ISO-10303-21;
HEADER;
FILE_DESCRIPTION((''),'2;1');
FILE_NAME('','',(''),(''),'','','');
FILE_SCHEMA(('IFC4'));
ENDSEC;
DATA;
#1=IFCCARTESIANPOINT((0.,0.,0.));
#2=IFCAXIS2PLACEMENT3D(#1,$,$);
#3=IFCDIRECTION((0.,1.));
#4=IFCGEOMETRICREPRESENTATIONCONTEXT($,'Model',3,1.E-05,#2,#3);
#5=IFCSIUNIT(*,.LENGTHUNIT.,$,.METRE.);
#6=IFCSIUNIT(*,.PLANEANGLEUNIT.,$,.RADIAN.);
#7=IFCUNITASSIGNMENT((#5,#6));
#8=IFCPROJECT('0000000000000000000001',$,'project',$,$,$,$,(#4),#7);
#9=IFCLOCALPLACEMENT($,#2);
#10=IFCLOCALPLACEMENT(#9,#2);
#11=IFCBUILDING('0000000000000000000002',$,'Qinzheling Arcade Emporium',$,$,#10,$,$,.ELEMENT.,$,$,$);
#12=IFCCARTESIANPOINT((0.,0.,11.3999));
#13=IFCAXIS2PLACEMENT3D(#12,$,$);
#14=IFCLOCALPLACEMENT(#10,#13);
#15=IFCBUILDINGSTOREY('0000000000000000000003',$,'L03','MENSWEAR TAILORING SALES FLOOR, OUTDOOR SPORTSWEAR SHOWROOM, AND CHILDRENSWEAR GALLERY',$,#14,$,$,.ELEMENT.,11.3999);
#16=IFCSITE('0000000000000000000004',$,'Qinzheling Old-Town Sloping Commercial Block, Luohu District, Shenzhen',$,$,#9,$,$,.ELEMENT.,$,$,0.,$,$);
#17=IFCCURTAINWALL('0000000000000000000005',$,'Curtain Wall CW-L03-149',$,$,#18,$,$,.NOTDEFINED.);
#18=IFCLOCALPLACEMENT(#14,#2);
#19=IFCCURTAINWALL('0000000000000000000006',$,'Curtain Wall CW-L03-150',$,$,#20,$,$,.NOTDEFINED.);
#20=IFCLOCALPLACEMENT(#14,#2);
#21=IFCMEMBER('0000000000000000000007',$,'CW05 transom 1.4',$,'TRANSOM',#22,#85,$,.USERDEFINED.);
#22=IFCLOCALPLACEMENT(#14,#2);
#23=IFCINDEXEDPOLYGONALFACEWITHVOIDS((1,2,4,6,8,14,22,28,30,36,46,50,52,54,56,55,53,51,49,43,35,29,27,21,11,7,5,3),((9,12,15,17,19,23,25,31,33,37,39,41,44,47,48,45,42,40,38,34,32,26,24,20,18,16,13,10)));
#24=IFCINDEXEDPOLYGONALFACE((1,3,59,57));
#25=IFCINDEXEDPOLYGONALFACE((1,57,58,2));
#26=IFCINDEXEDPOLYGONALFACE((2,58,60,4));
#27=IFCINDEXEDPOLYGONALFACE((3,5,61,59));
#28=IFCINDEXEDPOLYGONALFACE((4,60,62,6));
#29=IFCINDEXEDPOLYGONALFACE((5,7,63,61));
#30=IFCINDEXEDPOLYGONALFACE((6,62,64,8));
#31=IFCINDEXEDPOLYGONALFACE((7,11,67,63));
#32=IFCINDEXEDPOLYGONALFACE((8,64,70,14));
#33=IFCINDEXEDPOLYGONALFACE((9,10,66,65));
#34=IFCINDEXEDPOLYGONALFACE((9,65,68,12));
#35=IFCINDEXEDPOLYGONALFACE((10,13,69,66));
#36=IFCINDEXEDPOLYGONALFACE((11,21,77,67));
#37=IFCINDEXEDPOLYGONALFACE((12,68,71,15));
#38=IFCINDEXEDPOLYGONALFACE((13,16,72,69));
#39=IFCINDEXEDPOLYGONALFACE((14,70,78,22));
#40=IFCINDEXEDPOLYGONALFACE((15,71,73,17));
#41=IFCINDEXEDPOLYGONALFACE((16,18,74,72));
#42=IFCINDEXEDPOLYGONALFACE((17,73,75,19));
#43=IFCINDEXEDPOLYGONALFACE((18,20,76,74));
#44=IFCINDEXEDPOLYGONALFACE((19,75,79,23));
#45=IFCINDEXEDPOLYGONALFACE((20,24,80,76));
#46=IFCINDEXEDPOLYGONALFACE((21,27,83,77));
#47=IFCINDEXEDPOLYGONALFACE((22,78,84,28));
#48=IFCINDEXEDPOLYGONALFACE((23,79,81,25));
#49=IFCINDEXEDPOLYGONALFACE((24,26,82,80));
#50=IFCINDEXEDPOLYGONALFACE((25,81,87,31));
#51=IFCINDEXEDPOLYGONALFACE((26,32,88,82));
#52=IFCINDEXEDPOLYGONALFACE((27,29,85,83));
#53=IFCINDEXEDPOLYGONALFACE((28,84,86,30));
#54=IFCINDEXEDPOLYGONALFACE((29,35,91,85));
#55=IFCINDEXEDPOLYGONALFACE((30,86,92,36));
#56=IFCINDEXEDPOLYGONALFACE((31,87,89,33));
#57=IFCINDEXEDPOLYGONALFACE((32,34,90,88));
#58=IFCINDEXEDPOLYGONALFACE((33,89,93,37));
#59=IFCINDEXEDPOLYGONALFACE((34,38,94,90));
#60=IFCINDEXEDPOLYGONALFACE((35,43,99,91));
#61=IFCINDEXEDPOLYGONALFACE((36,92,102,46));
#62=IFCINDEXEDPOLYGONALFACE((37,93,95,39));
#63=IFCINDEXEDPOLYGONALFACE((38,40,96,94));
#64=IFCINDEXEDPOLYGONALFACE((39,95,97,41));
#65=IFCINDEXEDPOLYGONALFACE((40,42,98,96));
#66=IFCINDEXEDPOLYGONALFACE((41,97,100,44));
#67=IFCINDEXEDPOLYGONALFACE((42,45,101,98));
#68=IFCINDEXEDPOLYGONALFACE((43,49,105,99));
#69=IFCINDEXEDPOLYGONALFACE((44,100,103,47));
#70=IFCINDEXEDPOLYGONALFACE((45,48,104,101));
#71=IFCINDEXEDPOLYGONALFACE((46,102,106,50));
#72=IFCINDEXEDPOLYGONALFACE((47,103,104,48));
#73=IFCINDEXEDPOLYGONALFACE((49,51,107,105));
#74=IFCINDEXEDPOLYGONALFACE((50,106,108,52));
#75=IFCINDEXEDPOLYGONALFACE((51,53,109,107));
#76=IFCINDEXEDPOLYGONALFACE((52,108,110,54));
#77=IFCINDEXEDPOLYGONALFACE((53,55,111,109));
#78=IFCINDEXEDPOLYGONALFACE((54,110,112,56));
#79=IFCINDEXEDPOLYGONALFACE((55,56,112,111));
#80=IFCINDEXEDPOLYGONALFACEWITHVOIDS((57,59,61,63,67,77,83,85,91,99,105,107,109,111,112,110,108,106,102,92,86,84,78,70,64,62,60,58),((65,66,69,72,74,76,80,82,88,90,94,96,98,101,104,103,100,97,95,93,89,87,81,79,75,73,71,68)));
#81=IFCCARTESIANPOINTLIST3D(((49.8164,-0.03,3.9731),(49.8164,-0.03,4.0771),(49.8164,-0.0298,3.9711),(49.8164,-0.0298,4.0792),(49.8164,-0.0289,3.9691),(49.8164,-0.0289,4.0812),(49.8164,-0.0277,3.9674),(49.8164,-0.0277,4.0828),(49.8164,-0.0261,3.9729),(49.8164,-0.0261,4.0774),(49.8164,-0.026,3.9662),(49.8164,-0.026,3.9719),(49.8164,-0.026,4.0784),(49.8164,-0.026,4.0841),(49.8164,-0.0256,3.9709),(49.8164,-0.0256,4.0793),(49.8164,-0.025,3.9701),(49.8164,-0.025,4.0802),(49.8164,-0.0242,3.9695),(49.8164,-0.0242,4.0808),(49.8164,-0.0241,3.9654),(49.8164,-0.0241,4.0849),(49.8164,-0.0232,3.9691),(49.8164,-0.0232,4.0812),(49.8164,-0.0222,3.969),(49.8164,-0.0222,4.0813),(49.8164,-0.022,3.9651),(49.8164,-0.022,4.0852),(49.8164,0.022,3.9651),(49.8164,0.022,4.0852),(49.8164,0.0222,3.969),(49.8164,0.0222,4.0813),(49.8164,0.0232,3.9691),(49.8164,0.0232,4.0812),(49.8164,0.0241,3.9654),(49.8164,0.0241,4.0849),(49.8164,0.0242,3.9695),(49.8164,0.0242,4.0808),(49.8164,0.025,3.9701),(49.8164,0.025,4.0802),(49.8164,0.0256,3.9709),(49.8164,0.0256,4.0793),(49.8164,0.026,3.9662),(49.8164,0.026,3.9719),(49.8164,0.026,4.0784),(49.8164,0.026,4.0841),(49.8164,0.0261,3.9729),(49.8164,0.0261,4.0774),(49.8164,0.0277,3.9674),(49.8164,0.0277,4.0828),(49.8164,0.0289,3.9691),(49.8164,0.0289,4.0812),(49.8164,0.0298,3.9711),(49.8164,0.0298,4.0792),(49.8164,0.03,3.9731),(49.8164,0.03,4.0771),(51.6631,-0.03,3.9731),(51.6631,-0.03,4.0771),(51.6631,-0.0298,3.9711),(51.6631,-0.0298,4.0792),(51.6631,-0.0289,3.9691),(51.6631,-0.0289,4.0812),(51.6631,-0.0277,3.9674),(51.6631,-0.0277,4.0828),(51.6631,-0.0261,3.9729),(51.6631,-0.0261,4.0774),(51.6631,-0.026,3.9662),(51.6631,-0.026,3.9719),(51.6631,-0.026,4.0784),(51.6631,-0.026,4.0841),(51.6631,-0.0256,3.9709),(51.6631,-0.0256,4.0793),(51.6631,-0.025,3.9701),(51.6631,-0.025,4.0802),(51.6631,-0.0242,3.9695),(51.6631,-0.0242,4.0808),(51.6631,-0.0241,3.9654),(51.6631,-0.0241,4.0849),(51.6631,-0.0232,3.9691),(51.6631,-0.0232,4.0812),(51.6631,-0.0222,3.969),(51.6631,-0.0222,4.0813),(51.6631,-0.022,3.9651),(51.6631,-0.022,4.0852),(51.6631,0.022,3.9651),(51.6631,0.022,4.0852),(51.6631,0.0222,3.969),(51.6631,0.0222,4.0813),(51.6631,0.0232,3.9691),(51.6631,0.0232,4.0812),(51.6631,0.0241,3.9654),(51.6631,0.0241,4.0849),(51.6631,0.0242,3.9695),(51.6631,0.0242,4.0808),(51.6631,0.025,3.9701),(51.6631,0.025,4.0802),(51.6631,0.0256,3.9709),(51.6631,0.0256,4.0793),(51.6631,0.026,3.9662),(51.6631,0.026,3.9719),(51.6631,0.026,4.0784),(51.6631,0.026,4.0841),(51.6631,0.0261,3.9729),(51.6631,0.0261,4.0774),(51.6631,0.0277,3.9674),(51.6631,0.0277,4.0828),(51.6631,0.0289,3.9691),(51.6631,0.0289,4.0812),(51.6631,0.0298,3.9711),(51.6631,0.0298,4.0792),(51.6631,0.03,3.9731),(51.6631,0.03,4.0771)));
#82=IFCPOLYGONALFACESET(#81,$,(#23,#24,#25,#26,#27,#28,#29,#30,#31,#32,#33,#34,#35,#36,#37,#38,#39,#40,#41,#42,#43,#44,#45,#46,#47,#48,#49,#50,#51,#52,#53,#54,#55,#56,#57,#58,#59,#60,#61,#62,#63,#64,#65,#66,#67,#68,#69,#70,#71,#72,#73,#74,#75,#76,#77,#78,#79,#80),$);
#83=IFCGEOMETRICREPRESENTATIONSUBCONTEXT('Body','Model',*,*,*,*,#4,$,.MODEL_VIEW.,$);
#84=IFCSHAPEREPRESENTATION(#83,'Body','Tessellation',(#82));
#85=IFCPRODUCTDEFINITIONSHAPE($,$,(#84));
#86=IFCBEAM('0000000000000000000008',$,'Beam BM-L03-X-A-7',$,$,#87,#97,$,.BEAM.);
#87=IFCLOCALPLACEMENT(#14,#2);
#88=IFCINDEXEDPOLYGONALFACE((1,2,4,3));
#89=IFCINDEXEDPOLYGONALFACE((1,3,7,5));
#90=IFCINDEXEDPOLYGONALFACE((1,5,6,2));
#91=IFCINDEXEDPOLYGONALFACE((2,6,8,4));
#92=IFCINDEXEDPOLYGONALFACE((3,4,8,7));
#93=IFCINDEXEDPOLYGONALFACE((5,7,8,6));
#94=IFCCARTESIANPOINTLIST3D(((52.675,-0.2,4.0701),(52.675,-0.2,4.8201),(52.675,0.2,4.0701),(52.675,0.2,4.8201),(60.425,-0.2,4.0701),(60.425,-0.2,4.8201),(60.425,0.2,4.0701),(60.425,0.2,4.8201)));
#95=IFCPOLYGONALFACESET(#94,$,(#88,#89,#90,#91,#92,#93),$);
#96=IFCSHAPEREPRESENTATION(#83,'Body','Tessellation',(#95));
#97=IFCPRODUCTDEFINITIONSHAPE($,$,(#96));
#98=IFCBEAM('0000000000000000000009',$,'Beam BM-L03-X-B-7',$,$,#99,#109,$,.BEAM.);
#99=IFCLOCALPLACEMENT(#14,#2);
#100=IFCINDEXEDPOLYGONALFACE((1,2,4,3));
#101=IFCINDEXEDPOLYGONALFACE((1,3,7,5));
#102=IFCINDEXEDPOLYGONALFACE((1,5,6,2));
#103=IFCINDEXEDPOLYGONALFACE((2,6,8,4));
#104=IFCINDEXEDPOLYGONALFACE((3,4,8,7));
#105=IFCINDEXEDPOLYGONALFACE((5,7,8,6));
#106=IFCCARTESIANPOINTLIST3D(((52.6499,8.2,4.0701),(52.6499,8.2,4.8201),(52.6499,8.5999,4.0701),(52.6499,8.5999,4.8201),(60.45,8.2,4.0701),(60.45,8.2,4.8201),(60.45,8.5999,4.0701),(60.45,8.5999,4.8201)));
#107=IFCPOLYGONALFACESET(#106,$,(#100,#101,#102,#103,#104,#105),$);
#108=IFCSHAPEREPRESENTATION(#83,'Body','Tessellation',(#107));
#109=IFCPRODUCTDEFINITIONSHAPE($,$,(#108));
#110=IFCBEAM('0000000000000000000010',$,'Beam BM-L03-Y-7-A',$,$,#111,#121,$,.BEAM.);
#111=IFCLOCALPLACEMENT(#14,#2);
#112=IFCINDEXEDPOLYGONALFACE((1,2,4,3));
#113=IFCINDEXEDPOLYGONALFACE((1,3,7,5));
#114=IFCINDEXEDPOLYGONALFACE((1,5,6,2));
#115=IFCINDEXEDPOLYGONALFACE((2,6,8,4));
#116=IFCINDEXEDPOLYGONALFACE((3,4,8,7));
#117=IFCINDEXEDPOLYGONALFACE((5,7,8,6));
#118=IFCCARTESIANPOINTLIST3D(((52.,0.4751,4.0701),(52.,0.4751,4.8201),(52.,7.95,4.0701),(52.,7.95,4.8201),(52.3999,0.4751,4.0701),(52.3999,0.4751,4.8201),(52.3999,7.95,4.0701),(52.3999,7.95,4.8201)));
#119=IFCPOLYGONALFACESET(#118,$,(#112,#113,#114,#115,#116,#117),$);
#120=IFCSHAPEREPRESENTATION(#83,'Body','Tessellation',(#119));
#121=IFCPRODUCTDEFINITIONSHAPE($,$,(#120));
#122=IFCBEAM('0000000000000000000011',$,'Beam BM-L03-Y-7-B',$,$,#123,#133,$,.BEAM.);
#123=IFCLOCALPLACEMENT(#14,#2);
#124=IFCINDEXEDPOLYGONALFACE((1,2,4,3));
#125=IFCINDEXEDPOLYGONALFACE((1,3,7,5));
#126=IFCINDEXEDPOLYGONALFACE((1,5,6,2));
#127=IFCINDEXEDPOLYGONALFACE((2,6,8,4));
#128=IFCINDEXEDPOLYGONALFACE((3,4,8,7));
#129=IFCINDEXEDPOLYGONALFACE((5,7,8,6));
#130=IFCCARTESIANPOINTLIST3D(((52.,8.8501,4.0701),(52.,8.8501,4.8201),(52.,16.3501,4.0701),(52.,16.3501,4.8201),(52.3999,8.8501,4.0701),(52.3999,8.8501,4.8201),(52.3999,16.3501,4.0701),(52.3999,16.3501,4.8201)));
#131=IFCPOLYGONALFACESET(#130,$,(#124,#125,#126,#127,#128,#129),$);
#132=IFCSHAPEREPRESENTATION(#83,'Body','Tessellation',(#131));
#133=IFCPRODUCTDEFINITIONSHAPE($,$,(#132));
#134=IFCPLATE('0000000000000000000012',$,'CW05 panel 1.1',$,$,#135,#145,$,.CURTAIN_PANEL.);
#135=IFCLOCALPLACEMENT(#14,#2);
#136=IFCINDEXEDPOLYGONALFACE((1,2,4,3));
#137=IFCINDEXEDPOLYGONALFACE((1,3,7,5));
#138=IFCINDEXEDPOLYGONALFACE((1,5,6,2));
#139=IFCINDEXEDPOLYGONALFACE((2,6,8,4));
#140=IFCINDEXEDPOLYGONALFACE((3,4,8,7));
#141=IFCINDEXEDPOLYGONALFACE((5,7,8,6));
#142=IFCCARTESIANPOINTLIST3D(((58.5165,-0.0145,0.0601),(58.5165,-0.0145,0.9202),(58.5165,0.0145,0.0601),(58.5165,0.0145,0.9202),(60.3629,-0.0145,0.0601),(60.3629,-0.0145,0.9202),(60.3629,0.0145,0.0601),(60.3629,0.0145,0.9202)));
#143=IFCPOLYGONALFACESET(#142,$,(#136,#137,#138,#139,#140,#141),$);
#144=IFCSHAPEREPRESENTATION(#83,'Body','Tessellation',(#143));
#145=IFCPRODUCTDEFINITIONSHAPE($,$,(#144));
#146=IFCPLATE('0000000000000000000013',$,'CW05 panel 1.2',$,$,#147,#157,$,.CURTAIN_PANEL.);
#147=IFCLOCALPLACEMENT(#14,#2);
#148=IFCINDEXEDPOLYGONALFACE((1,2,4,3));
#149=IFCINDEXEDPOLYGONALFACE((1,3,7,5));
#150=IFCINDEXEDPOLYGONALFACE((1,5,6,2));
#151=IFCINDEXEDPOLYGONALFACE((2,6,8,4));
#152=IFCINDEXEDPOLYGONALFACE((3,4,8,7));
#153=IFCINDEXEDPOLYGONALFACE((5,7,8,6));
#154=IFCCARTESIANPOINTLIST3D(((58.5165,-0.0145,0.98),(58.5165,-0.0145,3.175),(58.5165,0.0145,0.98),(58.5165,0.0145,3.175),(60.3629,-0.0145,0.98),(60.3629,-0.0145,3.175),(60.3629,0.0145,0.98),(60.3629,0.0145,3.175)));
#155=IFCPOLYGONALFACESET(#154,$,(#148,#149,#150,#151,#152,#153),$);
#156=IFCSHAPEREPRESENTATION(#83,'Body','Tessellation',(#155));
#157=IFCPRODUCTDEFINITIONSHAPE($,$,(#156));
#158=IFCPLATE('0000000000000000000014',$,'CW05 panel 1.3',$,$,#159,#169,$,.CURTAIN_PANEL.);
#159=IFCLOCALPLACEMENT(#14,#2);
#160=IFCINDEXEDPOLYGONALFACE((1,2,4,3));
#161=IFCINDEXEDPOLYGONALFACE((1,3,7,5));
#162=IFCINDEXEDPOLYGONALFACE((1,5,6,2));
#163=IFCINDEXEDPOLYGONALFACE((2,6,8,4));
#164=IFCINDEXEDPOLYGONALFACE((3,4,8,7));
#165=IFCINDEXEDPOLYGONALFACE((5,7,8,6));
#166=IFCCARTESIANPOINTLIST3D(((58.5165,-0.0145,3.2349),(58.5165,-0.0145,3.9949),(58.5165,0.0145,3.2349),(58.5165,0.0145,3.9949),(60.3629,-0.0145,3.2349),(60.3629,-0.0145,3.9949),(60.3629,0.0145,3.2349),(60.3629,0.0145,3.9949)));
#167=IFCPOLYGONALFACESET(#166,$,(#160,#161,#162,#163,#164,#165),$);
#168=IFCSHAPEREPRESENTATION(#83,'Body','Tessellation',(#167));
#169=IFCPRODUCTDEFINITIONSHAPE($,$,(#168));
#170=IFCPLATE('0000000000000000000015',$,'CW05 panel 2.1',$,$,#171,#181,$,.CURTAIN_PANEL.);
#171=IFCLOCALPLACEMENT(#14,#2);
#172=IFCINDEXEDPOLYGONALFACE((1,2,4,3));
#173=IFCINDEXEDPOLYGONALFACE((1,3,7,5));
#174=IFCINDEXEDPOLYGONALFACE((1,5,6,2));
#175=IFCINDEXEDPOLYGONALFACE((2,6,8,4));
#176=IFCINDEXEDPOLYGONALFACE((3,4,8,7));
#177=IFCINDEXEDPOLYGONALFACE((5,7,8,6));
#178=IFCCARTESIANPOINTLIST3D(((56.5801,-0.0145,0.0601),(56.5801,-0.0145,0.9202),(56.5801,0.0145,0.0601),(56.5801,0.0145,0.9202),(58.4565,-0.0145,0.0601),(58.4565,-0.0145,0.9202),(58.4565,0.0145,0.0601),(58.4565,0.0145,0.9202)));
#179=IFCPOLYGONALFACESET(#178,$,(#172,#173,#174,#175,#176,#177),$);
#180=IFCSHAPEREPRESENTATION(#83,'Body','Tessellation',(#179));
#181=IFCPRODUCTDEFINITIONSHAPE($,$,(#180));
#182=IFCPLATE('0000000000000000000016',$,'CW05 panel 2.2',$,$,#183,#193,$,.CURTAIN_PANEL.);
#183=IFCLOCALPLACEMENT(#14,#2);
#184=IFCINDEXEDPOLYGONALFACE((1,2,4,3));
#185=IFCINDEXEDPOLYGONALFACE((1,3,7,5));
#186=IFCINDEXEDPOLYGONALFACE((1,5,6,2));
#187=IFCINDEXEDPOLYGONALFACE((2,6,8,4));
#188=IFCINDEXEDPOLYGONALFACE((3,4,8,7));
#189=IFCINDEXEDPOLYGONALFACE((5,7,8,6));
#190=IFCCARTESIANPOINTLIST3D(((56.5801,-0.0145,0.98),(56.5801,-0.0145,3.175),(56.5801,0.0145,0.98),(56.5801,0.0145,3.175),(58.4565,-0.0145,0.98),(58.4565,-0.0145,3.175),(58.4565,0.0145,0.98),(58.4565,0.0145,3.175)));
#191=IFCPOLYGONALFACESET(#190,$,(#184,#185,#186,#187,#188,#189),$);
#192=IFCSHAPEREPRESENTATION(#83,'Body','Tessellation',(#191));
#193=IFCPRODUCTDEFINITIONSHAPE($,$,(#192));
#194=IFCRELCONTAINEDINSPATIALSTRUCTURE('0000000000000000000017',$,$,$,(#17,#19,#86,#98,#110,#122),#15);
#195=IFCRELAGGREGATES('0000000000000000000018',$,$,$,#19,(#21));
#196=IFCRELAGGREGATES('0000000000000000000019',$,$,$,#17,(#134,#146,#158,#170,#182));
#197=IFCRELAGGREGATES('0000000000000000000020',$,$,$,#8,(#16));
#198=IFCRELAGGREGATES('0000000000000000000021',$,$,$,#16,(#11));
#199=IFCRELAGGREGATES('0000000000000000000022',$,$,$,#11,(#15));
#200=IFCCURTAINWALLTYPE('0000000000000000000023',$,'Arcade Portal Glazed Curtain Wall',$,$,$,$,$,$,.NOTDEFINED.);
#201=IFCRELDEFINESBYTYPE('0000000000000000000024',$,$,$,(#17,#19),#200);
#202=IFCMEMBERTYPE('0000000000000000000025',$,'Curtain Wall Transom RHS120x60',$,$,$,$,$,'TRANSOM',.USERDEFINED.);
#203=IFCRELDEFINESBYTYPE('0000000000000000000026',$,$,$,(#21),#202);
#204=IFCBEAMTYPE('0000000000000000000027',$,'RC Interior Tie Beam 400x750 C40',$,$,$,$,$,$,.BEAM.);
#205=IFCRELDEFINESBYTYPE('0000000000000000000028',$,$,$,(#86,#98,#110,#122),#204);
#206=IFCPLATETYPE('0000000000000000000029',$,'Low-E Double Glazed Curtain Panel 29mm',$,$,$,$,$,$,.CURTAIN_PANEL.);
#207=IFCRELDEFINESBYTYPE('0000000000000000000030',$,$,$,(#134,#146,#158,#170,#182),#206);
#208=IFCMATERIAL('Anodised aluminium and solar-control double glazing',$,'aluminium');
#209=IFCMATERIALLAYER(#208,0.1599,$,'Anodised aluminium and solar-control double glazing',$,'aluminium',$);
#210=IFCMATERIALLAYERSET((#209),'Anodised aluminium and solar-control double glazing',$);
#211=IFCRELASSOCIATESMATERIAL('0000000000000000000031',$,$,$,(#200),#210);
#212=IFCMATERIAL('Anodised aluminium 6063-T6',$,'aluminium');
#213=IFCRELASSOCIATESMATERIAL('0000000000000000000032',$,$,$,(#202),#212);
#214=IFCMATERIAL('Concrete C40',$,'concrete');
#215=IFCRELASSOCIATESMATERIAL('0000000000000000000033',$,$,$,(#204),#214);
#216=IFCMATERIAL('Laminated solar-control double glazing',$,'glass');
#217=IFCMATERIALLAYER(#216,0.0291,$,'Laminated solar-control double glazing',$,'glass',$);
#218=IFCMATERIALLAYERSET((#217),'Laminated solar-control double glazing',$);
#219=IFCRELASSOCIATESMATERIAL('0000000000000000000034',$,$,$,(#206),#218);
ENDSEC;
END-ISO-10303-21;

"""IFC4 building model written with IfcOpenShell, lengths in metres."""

from ifc_helpers import new_model, si_unit, direction, frame, origin, origin_2d, place, context, subcontext, project, spatial, rectangle, hollow_rectangle, extrude, material, layer, layer_set, material_profile, profile_set, type_object, element, aggregate, save


model = new_model("IFC4")

# Units and contexts
model_context = context("Model", 3, precision=1e-05, world=origin(), true_north=direction((0.0, 1.0)))
body_context = subcontext(model_context, "Body", "Model", "MODEL_VIEW")
ifc_project = project(units=[si_unit("LENGTHUNIT", "METRE"), si_unit("PLANEANGLEUNIT", "RADIAN")], contexts=[model_context])

# Site, building, storey
site_placement = place(None, origin())
site = spatial("IfcSite", under=ifc_project, at=site_placement, Name="Qinzheling Old-Town Sloping Commercial Block, Luohu District, Shenzhen", CompositionType="ELEMENT", RefElevation=0.0)
building_placement = place(site_placement, origin())
building = spatial("IfcBuilding", under=site, at=building_placement, Name="Qinzheling Arcade Emporium", CompositionType="ELEMENT")
storey_placement = place(building_placement, frame((0.0, 0.0, 11.3999)))
storey = spatial("IfcBuildingStorey", under=building, at=storey_placement, Name="L03", Description="MENSWEAR TAILORING SALES FLOOR, OUTDOOR SPORTSWEAR SHOWROOM, AND CHILDRENSWEAR GALLERY", CompositionType="ELEMENT", Elevation=11.3999)

# Curtain wall
ifc_material_1 = material(Name="Anodised aluminium and solar-control double glazing", Category="aluminium")
ifc_layer_1 = layer(ifc_material_1, 0.1599, Name="Anodised aluminium and solar-control double glazing", Category="aluminium")
ifc_layer_set_1 = layer_set([ifc_layer_1], Name="Anodised aluminium and solar-control double glazing")
curtain_wall_type = type_object("IfcCurtainWallType", Name="Arcade Portal Glazed Curtain Wall", PredefinedType="NOTDEFINED", material=ifc_layer_set_1)
curtain_wall_1_placement = place(storey_placement, origin())
curtain_wall_1 = element("IfcCurtainWall", 1, at=curtain_wall_1_placement, inside=storey, type_object=curtain_wall_type, Name="Curtain Wall CW-L03-149", PredefinedType="NOTDEFINED")
ifc_material_2 = material(Name="Anodised aluminium 6063-T6", Category="aluminium")

# Curtain wall
curtain_wall_2_placement = place(storey_placement, origin())
curtain_wall_2 = element("IfcCurtainWall", 2, at=curtain_wall_2_placement, inside=storey, type_object=curtain_wall_type, Name="Curtain Wall CW-L03-150", PredefinedType="NOTDEFINED")

# Member
ifc_material_profile_1 = material_profile(ifc_material_2, hollow_rectangle(XDim=0.0601, YDim=0.1201, WallThickness=0.0039, InnerFilletRadius=0.0039, OuterFilletRadius=0.0081, at=origin_2d()), Name="RHS 120x60x4", Category="aluminium")
ifc_profile_set_1 = profile_set([ifc_material_profile_1], Name="Anodised aluminium 6063-T6")
member_type_1 = type_object("IfcMemberType", Name="Curtain Wall Transom RHS120x60", ElementType="TRANSOM", PredefinedType="USERDEFINED", material=ifc_profile_set_1)
member_1_placement = place(storey_placement, frame((51.6631, 0.0, 4.0251), z_axis=(-1.0, 0.0, 0.0), x_axis=(0.0, -1.0, 0.0)))
member_1 = element("IfcMember", 3, at=member_1_placement, type_object=member_type_1, Name="CW05 transom 1.4", ObjectType="TRANSOM", PredefinedType="USERDEFINED", context=body_context, shape_type="SweptSolid", body=[
    extrude(hollow_rectangle(XDim=0.0601, YDim=0.1201, WallThickness=0.0039, InnerFilletRadius=0.0039, OuterFilletRadius=0.0081, at=origin_2d()), origin(), (0.0, 0.0, 1.0), 1.8467),
])
aggregate(curtain_wall_2, [member_1])

# Beams
ifc_material_3 = material(Name="Concrete C40", Category="concrete")
ifc_material_profile_2 = material_profile(ifc_material_3, rectangle(XDim=0.3999, YDim=0.75, at=origin_2d()), Name="RC 400x750", Category="concrete")
ifc_profile_set_2 = profile_set([ifc_material_profile_2], Name="Concrete C40")
beam_type = type_object("IfcBeamType", Name="RC Interior Tie Beam 400x750 C40", PredefinedType="BEAM", material=ifc_profile_set_2)
beam_1_placement = place(storey_placement, frame((52.675, 0.0, 4.4451), z_axis=(1.0, 0.0, 0.0), x_axis=(0.0, 1.0, 0.0)))
element("IfcBeam", 4, at=beam_1_placement, inside=storey, type_object=beam_type, Name="Beam BM-L03-X-A-7", PredefinedType="BEAM", context=body_context, shape_type="SweptSolid", body=[
    extrude(rectangle(XDim=0.3999, YDim=0.75, at=origin_2d()), origin(), (0.0, 0.0, 1.0), 7.75),
])
beam_2_placement = place(storey_placement, frame((52.6499, 8.3999, 4.4451), z_axis=(1.0, 0.0, 0.0), x_axis=(0.0, 1.0, 0.0)))
element("IfcBeam", 5, at=beam_2_placement, inside=storey, type_object=beam_type, Name="Beam BM-L03-X-B-7", PredefinedType="BEAM", context=body_context, shape_type="SweptSolid", body=[
    extrude(rectangle(XDim=0.3999, YDim=0.75, at=origin_2d()), origin(), (0.0, 0.0, 1.0), 7.8),
])
beam_3_placement = place(storey_placement, frame((52.2, 0.4751, 4.4451), z_axis=(0.0, 1.0, 0.0), x_axis=(-1.0, 0.0, 0.0)))
element("IfcBeam", 6, at=beam_3_placement, inside=storey, type_object=beam_type, Name="Beam BM-L03-Y-7-A", PredefinedType="BEAM", context=body_context, shape_type="SweptSolid", body=[
    extrude(rectangle(XDim=0.3999, YDim=0.75, at=origin_2d()), origin(), (0.0, 0.0, 1.0), 7.4749),
])
beam_4_placement = place(storey_placement, frame((52.2, 8.8501, 4.4451), z_axis=(0.0, 1.0, 0.0), x_axis=(-1.0, 0.0, 0.0)))
element("IfcBeam", 7, at=beam_4_placement, inside=storey, type_object=beam_type, Name="Beam BM-L03-Y-7-B", PredefinedType="BEAM", context=body_context, shape_type="SweptSolid", body=[
    extrude(rectangle(XDim=0.3999, YDim=0.75, at=origin_2d()), origin(), (0.0, 0.0, 1.0), 7.5),
])

# Plates
ifc_material_4 = material(Name="Laminated solar-control double glazing", Category="glass")
ifc_layer_2 = layer(ifc_material_4, 0.0291, Name="Laminated solar-control double glazing", Category="glass")
ifc_layer_set_2 = layer_set([ifc_layer_2], Name="Laminated solar-control double glazing")
plate_type_1 = type_object("IfcPlateType", Name="Low-E Double Glazed Curtain Panel 29mm", PredefinedType="CURTAIN_PANEL", material=ifc_layer_set_2)
plate_1_placement = place(storey_placement, frame((59.4397, 0.0, 0.0601), z_axis=(0.0, 0.0, 1.0), x_axis=(-1.0, 0.0, 0.0)))
plate_1 = element("IfcPlate", 8, at=plate_1_placement, type_object=plate_type_1, Name="CW05 panel 1.1", PredefinedType="CURTAIN_PANEL", context=body_context, shape_type="SweptSolid", body=[
    extrude(rectangle(XDim=1.8464, YDim=0.0291, at=origin_2d()), origin(), (0.0, 0.0, 1.0), 0.8601),
])
plate_2_placement = place(storey_placement, frame((59.4397, 0.0, 0.98), z_axis=(0.0, 0.0, 1.0), x_axis=(-1.0, 0.0, 0.0)))
plate_2 = element("IfcPlate", 9, at=plate_2_placement, type_object=plate_type_1, Name="CW05 panel 1.2", PredefinedType="CURTAIN_PANEL", context=body_context, shape_type="SweptSolid", body=[
    extrude(rectangle(XDim=1.8464, YDim=0.0291, at=origin_2d()), origin(), (0.0, 0.0, 1.0), 2.1951),
])
plate_3_placement = place(storey_placement, frame((59.4397, 0.0, 3.2349), z_axis=(0.0, 0.0, 1.0), x_axis=(-1.0, 0.0, 0.0)))
plate_3 = element("IfcPlate", 10, at=plate_3_placement, type_object=plate_type_1, Name="CW05 panel 1.3", PredefinedType="CURTAIN_PANEL", context=body_context, shape_type="SweptSolid", body=[
    extrude(rectangle(XDim=1.8464, YDim=0.0291, at=origin_2d()), origin(), (0.0, 0.0, 1.0), 0.76),
])
plate_4_placement = place(storey_placement, frame((57.5183, 0.0, 0.0601), z_axis=(0.0, 0.0, 1.0), x_axis=(-1.0, 0.0, 0.0)))
plate_4 = element("IfcPlate", 11, at=plate_4_placement, type_object=plate_type_1, Name="CW05 panel 2.1", PredefinedType="CURTAIN_PANEL", context=body_context, shape_type="SweptSolid", body=[
    extrude(rectangle(XDim=1.8765, YDim=0.0291, at=origin_2d()), origin(), (0.0, 0.0, 1.0), 0.8601),
])
plate_5_placement = place(storey_placement, frame((57.5183, 0.0, 0.98), z_axis=(0.0, 0.0, 1.0), x_axis=(-1.0, 0.0, 0.0)))
plate_5 = element("IfcPlate", 12, at=plate_5_placement, type_object=plate_type_1, Name="CW05 panel 2.2", PredefinedType="CURTAIN_PANEL", context=body_context, shape_type="SweptSolid", body=[
    extrude(rectangle(XDim=1.8765, YDim=0.0291, at=origin_2d()), origin(), (0.0, 0.0, 1.0), 2.1951),
])
aggregate(curtain_wall_1, [plate_1, plate_2, plate_3, plate_4, plate_5])

save(model, "model.ifc")
